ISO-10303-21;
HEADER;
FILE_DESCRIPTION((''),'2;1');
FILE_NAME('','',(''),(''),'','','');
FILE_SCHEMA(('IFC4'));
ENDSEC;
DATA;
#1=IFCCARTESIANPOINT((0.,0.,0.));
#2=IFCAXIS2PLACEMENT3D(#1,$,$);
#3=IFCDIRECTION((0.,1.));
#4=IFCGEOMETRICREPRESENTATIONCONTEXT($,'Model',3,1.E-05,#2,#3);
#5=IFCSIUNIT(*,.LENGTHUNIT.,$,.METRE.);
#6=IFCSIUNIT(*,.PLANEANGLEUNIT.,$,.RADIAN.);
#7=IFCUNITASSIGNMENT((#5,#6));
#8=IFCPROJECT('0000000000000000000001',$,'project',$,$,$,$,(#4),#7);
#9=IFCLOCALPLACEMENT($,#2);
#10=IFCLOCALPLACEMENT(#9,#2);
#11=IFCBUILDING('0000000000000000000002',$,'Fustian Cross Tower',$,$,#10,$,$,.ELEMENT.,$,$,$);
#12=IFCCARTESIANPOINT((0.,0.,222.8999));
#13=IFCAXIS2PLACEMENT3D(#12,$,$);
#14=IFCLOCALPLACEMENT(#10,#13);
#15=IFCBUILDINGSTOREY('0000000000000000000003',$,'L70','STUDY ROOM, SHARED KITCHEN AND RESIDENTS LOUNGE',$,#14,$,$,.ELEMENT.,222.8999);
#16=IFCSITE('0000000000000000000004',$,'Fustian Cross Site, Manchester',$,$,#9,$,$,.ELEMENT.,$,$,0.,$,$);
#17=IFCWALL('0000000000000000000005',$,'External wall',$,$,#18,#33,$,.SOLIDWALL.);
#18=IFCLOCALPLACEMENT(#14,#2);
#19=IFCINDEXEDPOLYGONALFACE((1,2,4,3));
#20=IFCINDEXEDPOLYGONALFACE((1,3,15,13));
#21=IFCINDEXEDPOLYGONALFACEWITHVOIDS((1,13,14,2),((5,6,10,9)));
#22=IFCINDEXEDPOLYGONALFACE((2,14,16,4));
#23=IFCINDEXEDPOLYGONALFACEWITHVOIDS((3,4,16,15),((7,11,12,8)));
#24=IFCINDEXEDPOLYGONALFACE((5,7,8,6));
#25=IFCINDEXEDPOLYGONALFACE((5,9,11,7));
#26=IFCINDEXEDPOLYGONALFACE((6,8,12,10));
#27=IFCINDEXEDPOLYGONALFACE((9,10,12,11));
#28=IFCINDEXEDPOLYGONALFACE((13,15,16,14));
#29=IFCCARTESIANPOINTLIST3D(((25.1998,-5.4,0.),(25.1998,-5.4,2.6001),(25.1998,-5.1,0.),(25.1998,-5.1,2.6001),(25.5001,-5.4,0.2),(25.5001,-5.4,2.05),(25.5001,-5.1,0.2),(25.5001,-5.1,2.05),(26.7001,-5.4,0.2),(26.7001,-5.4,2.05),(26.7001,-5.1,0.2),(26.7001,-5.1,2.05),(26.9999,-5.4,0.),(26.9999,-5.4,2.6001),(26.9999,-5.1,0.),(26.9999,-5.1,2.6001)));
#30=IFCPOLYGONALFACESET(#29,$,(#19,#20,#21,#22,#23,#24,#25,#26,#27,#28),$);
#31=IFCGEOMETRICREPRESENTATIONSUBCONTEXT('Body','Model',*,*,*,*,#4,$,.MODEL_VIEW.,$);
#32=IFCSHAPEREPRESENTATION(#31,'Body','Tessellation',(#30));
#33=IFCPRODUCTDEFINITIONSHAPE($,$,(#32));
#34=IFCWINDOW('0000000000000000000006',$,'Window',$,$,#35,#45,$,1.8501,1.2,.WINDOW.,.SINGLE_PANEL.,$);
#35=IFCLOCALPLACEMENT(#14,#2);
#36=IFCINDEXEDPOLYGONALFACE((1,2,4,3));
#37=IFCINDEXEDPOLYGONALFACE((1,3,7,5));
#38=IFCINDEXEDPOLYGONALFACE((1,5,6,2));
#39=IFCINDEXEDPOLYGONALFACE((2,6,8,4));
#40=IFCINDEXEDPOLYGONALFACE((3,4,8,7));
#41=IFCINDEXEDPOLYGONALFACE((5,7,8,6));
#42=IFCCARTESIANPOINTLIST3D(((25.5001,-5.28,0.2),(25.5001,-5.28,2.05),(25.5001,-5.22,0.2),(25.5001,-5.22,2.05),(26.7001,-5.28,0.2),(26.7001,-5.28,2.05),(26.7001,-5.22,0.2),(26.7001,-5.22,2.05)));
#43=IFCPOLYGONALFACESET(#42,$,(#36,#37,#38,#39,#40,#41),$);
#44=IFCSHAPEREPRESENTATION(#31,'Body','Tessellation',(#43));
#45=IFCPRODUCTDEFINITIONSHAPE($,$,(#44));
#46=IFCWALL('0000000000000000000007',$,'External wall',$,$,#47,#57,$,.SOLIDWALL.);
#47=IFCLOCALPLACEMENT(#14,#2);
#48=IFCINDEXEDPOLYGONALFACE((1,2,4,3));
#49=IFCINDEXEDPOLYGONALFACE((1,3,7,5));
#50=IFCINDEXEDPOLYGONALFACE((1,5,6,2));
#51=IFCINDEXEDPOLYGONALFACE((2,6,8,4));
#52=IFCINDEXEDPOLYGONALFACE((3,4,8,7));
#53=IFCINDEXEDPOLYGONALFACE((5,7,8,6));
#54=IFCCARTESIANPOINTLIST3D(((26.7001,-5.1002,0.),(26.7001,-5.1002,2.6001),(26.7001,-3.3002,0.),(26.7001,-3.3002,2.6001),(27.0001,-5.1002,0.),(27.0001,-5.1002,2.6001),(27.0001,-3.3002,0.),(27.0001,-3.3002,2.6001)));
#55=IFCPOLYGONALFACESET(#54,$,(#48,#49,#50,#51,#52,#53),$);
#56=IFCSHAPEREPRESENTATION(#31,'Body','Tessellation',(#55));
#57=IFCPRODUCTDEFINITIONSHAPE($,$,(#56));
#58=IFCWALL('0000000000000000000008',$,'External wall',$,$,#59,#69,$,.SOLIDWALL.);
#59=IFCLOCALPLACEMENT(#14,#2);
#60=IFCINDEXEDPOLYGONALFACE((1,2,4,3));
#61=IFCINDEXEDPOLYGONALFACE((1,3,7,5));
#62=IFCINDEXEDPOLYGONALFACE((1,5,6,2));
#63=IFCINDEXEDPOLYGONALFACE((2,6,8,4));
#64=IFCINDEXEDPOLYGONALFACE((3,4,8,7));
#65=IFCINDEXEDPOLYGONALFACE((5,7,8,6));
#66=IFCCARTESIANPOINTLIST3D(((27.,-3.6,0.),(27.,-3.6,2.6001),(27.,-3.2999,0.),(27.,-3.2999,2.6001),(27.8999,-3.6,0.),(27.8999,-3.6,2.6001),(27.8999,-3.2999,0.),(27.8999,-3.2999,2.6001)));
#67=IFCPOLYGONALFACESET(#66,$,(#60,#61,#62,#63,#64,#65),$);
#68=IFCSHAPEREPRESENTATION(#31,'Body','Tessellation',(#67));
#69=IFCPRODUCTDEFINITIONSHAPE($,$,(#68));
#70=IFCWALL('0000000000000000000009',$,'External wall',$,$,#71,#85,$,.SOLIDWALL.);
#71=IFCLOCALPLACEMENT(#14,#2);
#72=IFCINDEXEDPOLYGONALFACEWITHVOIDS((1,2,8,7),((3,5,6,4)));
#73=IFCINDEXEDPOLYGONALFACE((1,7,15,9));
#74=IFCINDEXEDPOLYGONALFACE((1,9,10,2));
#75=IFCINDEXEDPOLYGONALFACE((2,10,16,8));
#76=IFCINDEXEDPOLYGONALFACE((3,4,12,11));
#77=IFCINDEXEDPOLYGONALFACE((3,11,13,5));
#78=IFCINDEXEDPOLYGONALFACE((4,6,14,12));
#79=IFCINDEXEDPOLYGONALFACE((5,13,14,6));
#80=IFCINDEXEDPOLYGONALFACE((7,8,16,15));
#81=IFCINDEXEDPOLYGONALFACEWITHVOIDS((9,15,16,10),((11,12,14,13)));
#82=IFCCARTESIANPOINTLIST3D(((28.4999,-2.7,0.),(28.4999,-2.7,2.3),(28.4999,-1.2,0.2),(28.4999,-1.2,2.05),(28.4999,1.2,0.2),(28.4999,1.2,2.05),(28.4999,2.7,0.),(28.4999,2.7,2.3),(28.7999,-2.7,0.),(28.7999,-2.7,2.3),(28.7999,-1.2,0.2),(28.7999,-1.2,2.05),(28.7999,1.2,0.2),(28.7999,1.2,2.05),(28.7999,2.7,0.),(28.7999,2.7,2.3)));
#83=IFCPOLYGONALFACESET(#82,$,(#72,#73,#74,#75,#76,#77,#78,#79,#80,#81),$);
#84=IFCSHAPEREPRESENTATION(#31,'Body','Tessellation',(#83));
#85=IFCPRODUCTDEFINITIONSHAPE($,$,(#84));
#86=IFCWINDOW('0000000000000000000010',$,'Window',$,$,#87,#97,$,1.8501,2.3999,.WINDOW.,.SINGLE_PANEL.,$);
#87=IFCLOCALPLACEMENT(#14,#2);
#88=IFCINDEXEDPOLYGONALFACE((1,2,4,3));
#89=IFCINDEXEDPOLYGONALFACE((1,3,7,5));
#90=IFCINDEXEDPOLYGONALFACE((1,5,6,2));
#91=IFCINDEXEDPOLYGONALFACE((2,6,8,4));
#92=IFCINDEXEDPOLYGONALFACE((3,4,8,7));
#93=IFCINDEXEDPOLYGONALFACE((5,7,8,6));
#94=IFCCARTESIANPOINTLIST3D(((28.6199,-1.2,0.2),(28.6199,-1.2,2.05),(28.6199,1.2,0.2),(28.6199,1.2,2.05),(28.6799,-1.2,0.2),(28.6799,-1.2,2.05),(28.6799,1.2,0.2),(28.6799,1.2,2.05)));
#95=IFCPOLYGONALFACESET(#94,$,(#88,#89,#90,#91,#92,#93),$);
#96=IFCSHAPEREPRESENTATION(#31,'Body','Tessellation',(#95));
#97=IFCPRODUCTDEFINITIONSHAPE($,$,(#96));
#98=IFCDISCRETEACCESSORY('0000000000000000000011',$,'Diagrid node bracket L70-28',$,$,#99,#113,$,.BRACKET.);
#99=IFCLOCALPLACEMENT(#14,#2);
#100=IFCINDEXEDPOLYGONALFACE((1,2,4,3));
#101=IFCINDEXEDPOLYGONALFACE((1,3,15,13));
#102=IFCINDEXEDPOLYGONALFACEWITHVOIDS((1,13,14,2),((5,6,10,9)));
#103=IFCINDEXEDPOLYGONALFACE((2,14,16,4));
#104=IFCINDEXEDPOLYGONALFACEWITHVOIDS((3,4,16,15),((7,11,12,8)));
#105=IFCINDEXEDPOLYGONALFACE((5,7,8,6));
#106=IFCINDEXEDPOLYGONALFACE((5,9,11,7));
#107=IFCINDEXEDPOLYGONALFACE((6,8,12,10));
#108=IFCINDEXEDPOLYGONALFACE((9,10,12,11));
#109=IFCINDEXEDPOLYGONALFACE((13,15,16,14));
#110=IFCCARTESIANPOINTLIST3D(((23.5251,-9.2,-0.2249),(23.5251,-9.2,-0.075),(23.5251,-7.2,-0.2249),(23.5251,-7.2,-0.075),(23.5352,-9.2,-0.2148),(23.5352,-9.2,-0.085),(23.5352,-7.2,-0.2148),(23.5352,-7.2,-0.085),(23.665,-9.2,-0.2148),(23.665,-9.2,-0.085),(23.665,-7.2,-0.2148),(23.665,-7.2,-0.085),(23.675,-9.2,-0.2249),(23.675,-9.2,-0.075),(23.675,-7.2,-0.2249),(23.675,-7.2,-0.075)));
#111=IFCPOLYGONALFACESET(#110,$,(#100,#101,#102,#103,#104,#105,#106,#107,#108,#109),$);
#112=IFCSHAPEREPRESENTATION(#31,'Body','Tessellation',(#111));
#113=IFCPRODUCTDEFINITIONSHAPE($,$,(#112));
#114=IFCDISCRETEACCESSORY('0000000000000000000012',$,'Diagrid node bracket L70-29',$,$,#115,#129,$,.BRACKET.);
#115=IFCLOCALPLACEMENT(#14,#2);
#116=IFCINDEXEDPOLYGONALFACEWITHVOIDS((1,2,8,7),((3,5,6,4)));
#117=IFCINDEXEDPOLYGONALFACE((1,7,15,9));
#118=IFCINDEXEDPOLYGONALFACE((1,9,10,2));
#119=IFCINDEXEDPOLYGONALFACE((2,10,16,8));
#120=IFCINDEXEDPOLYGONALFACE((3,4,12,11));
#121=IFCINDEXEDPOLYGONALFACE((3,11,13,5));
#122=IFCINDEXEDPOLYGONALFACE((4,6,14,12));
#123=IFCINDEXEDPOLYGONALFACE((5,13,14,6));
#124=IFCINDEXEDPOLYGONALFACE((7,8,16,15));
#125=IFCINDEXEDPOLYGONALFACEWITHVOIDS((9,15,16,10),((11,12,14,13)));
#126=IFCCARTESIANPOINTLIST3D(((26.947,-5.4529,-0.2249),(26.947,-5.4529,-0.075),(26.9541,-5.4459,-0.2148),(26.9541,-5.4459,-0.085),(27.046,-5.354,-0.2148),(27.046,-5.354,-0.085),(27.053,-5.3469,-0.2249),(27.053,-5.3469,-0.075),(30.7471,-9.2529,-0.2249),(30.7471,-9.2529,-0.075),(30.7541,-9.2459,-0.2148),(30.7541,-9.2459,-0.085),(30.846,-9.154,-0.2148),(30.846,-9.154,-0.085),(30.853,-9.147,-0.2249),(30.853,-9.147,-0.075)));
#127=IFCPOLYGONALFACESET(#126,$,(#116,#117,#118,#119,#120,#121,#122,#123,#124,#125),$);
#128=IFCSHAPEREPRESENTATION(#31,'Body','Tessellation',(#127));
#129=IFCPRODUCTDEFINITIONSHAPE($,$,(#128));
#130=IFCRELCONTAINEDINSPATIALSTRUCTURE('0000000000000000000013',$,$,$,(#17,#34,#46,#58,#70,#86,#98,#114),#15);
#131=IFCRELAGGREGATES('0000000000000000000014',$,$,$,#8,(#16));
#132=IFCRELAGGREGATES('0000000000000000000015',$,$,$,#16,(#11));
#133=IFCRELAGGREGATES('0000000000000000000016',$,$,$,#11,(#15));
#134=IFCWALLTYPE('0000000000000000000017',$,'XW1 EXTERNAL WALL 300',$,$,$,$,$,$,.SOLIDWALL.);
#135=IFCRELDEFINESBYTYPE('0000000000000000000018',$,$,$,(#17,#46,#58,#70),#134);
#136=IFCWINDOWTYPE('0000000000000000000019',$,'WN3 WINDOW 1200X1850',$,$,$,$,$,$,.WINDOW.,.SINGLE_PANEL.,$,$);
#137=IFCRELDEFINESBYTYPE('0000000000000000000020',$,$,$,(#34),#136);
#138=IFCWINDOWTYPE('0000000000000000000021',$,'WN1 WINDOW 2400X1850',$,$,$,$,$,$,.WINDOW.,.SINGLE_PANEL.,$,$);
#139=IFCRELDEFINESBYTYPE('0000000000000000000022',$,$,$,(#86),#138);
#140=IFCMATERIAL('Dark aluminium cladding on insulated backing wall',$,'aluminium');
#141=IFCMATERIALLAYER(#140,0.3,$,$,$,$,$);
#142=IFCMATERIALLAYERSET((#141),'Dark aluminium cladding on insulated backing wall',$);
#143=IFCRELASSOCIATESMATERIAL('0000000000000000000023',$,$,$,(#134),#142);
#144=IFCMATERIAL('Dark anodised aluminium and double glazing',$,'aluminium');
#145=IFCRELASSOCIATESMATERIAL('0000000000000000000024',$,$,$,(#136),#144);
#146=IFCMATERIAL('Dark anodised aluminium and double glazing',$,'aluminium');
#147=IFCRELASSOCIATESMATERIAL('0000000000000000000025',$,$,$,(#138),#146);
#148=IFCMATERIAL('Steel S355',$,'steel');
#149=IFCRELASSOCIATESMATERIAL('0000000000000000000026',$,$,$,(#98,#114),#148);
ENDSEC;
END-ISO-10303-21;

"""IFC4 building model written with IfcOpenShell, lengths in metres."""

from ifc_helpers import new_model, si_unit, direction, frame, frame_2d, origin, origin_2d, place, context, subcontext, project, spatial, rectangle, hollow_rectangle, extrude, material, layer, layer_set, type_object, element, fill, save


model = new_model("IFC4")

# Units and contexts
model_context = context("Model", 3, precision=1e-05, world=origin(), true_north=direction((0.0, 1.0)))
body_context = subcontext(model_context, "Body", "Model", "MODEL_VIEW")
ifc_project = project(units=[si_unit("LENGTHUNIT", "METRE"), si_unit("PLANEANGLEUNIT", "RADIAN")], contexts=[model_context])

# Site, building, storey
site_placement = place(None, origin())
site = spatial("IfcSite", under=ifc_project, at=site_placement, Name="Fustian Cross Site, Manchester", CompositionType="ELEMENT", RefElevation=0.0)
building_placement = place(site_placement, origin())
building = spatial("IfcBuilding", under=site, at=building_placement, Name="Fustian Cross Tower", CompositionType="ELEMENT")
storey_placement = place(building_placement, frame((0.0, 0.0, 222.8999)))
storey = spatial("IfcBuildingStorey", under=building, at=storey_placement, Name="L70", Description="STUDY ROOM, SHARED KITCHEN AND RESIDENTS LOUNGE", CompositionType="ELEMENT", Elevation=222.8999)

# Shared definitions
ifc_material_1 = material(Name="Dark aluminium cladding on insulated backing wall", Category="aluminium")
ifc_layer_1 = layer(ifc_material_1, 0.3)
ifc_layer_set_1 = layer_set([ifc_layer_1], Name="Dark aluminium cladding on insulated backing wall")
wall_type_1 = type_object("IfcWallType", Name="XW1 EXTERNAL WALL 300", PredefinedType="SOLIDWALL", material=ifc_layer_set_1)
ifc_material_2 = material(Name="Dark anodised aluminium and double glazing", Category="aluminium")
window_type_1 = type_object("IfcWindowType", Name="WN3 WINDOW 1200X1850", PartitioningType="SINGLE_PANEL", PredefinedType="WINDOW", material=ifc_material_2)

# Wall, opening, window
wall_1_placement = place(storey_placement, frame((25.2, -5.25, 0.0), z_axis=(0.0, 0.0, 1.0), x_axis=(1.0, 0.0, 0.0)))
wall_1 = element("IfcWall", 1, at=wall_1_placement, inside=storey, type_object=wall_type_1, Name="External wall", PredefinedType="SOLIDWALL", context=body_context, shape_type="SweptSolid", body=[
    extrude(rectangle(XDim=1.8, YDim=0.3, at=frame_2d((0.8999, 0.0))), origin(), (0.0, 0.0, 1.0), 2.6001),
])
opening_1_placement = place(wall_1_placement, frame((0.3, 0.0, 0.2)))
opening_1 = element("IfcOpeningElement", 2, at=opening_1_placement, cuts=wall_1, PredefinedType="OPENING", context=body_context, shape_type="SweptSolid", body=[
    extrude(rectangle(XDim=1.2, YDim=1.8501, at=frame_2d((0.6001, 0.925))), frame((0.0, 0.1599, 0.0), z_axis=(0.0, -1.0, 0.0), x_axis=(1.0, 0.0, 0.0)), (0.0, 0.0, 1.0), 0.3201),
])
window_1_placement = place(opening_1_placement, origin())
window_1 = element("IfcWindow", 3, at=window_1_placement, inside=storey, type_object=window_type_1, Name="Window", OverallHeight=1.8501, OverallWidth=1.2, PartitioningType="SINGLE_PANEL", PredefinedType="WINDOW", context=body_context, shape_type="SweptSolid", body=[
    extrude(rectangle(XDim=1.2, YDim=1.8501, at=frame_2d((0.6001, 0.925))), frame((0.0, 0.03, 0.0), z_axis=(0.0, -1.0, 0.0), x_axis=(1.0, 0.0, 0.0)), (0.0, 0.0, 1.0), 0.0601),
])
fill(opening_1, window_1)

# Walls
wall_2_placement = place(storey_placement, frame((26.8501, -5.1001, 0.0), z_axis=(0.0, 0.0, 1.0), x_axis=(0.0, 1.0, 0.0)))
element("IfcWall", 4, at=wall_2_placement, inside=storey, type_object=wall_type_1, Name="External wall", PredefinedType="SOLIDWALL", context=body_context, shape_type="SweptSolid", body=[
    extrude(rectangle(XDim=1.8, YDim=0.3, at=frame_2d((0.8999, 0.0))), origin(), (0.0, 0.0, 1.0), 2.6001),
])
wall_3_placement = place(storey_placement, frame((27.0, -3.45, 0.0), z_axis=(0.0, 0.0, 1.0), x_axis=(1.0, 0.0, 0.0)))
element("IfcWall", 5, at=wall_3_placement, inside=storey, type_object=wall_type_1, Name="External wall", PredefinedType="SOLIDWALL", context=body_context, shape_type="SweptSolid", body=[
    extrude(rectangle(XDim=0.8999, YDim=0.3, at=frame_2d((0.45, 0.0))), origin(), (0.0, 0.0, 1.0), 2.6001),
])

# Wall, opening, window
wall_4_placement = place(storey_placement, frame((28.6499, -2.7, 0.0), z_axis=(0.0, 0.0, 1.0), x_axis=(0.0, 1.0, 0.0)))
wall_4 = element("IfcWall", 6, at=wall_4_placement, inside=storey, type_object=wall_type_1, Name="External wall", PredefinedType="SOLIDWALL", context=body_context, shape_type="SweptSolid", body=[
    extrude(rectangle(XDim=5.3999, YDim=0.3, at=frame_2d((2.7, 0.0))), origin(), (0.0, 0.0, 1.0), 2.3),
])
opening_2_placement = place(wall_4_placement, frame((1.5, 0.0, 0.2)))
opening_2 = element("IfcOpeningElement", 7, at=opening_2_placement, cuts=wall_4, PredefinedType="OPENING", context=body_context, shape_type="SweptSolid", body=[
    extrude(rectangle(XDim=2.3999, YDim=1.8501, at=frame_2d((1.2, 0.925))), frame((0.0, 0.1599, 0.0), z_axis=(0.0, -1.0, 0.0), x_axis=(1.0, 0.0, 0.0)), (0.0, 0.0, 1.0), 0.3201),
])
ifc_material_3 = material(Name="Dark anodised aluminium and double glazing", Category="aluminium")
window_type_2 = type_object("IfcWindowType", Name="WN1 WINDOW 2400X1850", PartitioningType="SINGLE_PANEL", PredefinedType="WINDOW", material=ifc_material_3)
window_2_placement = place(opening_2_placement, origin())
window_2 = element("IfcWindow", 8, at=window_2_placement, inside=storey, type_object=window_type_2, Name="Window", OverallHeight=1.8501, OverallWidth=2.3999, PartitioningType="SINGLE_PANEL", PredefinedType="WINDOW", context=body_context, shape_type="SweptSolid", body=[
    extrude(rectangle(XDim=2.3999, YDim=1.8501, at=frame_2d((1.2, 0.925))), frame((0.0, 0.03, 0.0), z_axis=(0.0, -1.0, 0.0), x_axis=(1.0, 0.0, 0.0)), (0.0, 0.0, 1.0), 0.0601),
])
fill(opening_2, window_2)

# Discrete accessories
ifc_material_4 = material(Name="Steel S355", Category="steel")
discrete_accessory_1_placement = place(storey_placement, frame((23.6001, -9.2, -0.1499), z_axis=(0.0, 1.0, 0.0), x_axis=(-1.0, 0.0, 0.0)))
element("IfcDiscreteAccessory", 9, at=discrete_accessory_1_placement, inside=storey, material=ifc_material_4, Name="Diagrid node bracket L70-28", PredefinedType="BRACKET", context=body_context, shape_type="SweptSolid", body=[
    extrude(hollow_rectangle(XDim=0.1499, YDim=0.1499, WallThickness=0.01, at=origin_2d()), origin(), (0.0, 0.0, 1.0), 2.0),
])
discrete_accessory_2_placement = place(storey_placement, frame((30.8, -9.2, -0.1499), z_axis=(-0.707107, 0.707107, 0.0), x_axis=(-0.707107, -0.707107, 0.0)))
element("IfcDiscreteAccessory", 10, at=discrete_accessory_2_placement, inside=storey, material=ifc_material_4, Name="Diagrid node bracket L70-29", PredefinedType="BRACKET", context=body_context, shape_type="SweptSolid", body=[
    extrude(hollow_rectangle(XDim=0.1499, YDim=0.1499, WallThickness=0.01, at=origin_2d()), origin(), (0.0, 0.0, 1.0), 5.374),
])

save(model, "model.ifc")
